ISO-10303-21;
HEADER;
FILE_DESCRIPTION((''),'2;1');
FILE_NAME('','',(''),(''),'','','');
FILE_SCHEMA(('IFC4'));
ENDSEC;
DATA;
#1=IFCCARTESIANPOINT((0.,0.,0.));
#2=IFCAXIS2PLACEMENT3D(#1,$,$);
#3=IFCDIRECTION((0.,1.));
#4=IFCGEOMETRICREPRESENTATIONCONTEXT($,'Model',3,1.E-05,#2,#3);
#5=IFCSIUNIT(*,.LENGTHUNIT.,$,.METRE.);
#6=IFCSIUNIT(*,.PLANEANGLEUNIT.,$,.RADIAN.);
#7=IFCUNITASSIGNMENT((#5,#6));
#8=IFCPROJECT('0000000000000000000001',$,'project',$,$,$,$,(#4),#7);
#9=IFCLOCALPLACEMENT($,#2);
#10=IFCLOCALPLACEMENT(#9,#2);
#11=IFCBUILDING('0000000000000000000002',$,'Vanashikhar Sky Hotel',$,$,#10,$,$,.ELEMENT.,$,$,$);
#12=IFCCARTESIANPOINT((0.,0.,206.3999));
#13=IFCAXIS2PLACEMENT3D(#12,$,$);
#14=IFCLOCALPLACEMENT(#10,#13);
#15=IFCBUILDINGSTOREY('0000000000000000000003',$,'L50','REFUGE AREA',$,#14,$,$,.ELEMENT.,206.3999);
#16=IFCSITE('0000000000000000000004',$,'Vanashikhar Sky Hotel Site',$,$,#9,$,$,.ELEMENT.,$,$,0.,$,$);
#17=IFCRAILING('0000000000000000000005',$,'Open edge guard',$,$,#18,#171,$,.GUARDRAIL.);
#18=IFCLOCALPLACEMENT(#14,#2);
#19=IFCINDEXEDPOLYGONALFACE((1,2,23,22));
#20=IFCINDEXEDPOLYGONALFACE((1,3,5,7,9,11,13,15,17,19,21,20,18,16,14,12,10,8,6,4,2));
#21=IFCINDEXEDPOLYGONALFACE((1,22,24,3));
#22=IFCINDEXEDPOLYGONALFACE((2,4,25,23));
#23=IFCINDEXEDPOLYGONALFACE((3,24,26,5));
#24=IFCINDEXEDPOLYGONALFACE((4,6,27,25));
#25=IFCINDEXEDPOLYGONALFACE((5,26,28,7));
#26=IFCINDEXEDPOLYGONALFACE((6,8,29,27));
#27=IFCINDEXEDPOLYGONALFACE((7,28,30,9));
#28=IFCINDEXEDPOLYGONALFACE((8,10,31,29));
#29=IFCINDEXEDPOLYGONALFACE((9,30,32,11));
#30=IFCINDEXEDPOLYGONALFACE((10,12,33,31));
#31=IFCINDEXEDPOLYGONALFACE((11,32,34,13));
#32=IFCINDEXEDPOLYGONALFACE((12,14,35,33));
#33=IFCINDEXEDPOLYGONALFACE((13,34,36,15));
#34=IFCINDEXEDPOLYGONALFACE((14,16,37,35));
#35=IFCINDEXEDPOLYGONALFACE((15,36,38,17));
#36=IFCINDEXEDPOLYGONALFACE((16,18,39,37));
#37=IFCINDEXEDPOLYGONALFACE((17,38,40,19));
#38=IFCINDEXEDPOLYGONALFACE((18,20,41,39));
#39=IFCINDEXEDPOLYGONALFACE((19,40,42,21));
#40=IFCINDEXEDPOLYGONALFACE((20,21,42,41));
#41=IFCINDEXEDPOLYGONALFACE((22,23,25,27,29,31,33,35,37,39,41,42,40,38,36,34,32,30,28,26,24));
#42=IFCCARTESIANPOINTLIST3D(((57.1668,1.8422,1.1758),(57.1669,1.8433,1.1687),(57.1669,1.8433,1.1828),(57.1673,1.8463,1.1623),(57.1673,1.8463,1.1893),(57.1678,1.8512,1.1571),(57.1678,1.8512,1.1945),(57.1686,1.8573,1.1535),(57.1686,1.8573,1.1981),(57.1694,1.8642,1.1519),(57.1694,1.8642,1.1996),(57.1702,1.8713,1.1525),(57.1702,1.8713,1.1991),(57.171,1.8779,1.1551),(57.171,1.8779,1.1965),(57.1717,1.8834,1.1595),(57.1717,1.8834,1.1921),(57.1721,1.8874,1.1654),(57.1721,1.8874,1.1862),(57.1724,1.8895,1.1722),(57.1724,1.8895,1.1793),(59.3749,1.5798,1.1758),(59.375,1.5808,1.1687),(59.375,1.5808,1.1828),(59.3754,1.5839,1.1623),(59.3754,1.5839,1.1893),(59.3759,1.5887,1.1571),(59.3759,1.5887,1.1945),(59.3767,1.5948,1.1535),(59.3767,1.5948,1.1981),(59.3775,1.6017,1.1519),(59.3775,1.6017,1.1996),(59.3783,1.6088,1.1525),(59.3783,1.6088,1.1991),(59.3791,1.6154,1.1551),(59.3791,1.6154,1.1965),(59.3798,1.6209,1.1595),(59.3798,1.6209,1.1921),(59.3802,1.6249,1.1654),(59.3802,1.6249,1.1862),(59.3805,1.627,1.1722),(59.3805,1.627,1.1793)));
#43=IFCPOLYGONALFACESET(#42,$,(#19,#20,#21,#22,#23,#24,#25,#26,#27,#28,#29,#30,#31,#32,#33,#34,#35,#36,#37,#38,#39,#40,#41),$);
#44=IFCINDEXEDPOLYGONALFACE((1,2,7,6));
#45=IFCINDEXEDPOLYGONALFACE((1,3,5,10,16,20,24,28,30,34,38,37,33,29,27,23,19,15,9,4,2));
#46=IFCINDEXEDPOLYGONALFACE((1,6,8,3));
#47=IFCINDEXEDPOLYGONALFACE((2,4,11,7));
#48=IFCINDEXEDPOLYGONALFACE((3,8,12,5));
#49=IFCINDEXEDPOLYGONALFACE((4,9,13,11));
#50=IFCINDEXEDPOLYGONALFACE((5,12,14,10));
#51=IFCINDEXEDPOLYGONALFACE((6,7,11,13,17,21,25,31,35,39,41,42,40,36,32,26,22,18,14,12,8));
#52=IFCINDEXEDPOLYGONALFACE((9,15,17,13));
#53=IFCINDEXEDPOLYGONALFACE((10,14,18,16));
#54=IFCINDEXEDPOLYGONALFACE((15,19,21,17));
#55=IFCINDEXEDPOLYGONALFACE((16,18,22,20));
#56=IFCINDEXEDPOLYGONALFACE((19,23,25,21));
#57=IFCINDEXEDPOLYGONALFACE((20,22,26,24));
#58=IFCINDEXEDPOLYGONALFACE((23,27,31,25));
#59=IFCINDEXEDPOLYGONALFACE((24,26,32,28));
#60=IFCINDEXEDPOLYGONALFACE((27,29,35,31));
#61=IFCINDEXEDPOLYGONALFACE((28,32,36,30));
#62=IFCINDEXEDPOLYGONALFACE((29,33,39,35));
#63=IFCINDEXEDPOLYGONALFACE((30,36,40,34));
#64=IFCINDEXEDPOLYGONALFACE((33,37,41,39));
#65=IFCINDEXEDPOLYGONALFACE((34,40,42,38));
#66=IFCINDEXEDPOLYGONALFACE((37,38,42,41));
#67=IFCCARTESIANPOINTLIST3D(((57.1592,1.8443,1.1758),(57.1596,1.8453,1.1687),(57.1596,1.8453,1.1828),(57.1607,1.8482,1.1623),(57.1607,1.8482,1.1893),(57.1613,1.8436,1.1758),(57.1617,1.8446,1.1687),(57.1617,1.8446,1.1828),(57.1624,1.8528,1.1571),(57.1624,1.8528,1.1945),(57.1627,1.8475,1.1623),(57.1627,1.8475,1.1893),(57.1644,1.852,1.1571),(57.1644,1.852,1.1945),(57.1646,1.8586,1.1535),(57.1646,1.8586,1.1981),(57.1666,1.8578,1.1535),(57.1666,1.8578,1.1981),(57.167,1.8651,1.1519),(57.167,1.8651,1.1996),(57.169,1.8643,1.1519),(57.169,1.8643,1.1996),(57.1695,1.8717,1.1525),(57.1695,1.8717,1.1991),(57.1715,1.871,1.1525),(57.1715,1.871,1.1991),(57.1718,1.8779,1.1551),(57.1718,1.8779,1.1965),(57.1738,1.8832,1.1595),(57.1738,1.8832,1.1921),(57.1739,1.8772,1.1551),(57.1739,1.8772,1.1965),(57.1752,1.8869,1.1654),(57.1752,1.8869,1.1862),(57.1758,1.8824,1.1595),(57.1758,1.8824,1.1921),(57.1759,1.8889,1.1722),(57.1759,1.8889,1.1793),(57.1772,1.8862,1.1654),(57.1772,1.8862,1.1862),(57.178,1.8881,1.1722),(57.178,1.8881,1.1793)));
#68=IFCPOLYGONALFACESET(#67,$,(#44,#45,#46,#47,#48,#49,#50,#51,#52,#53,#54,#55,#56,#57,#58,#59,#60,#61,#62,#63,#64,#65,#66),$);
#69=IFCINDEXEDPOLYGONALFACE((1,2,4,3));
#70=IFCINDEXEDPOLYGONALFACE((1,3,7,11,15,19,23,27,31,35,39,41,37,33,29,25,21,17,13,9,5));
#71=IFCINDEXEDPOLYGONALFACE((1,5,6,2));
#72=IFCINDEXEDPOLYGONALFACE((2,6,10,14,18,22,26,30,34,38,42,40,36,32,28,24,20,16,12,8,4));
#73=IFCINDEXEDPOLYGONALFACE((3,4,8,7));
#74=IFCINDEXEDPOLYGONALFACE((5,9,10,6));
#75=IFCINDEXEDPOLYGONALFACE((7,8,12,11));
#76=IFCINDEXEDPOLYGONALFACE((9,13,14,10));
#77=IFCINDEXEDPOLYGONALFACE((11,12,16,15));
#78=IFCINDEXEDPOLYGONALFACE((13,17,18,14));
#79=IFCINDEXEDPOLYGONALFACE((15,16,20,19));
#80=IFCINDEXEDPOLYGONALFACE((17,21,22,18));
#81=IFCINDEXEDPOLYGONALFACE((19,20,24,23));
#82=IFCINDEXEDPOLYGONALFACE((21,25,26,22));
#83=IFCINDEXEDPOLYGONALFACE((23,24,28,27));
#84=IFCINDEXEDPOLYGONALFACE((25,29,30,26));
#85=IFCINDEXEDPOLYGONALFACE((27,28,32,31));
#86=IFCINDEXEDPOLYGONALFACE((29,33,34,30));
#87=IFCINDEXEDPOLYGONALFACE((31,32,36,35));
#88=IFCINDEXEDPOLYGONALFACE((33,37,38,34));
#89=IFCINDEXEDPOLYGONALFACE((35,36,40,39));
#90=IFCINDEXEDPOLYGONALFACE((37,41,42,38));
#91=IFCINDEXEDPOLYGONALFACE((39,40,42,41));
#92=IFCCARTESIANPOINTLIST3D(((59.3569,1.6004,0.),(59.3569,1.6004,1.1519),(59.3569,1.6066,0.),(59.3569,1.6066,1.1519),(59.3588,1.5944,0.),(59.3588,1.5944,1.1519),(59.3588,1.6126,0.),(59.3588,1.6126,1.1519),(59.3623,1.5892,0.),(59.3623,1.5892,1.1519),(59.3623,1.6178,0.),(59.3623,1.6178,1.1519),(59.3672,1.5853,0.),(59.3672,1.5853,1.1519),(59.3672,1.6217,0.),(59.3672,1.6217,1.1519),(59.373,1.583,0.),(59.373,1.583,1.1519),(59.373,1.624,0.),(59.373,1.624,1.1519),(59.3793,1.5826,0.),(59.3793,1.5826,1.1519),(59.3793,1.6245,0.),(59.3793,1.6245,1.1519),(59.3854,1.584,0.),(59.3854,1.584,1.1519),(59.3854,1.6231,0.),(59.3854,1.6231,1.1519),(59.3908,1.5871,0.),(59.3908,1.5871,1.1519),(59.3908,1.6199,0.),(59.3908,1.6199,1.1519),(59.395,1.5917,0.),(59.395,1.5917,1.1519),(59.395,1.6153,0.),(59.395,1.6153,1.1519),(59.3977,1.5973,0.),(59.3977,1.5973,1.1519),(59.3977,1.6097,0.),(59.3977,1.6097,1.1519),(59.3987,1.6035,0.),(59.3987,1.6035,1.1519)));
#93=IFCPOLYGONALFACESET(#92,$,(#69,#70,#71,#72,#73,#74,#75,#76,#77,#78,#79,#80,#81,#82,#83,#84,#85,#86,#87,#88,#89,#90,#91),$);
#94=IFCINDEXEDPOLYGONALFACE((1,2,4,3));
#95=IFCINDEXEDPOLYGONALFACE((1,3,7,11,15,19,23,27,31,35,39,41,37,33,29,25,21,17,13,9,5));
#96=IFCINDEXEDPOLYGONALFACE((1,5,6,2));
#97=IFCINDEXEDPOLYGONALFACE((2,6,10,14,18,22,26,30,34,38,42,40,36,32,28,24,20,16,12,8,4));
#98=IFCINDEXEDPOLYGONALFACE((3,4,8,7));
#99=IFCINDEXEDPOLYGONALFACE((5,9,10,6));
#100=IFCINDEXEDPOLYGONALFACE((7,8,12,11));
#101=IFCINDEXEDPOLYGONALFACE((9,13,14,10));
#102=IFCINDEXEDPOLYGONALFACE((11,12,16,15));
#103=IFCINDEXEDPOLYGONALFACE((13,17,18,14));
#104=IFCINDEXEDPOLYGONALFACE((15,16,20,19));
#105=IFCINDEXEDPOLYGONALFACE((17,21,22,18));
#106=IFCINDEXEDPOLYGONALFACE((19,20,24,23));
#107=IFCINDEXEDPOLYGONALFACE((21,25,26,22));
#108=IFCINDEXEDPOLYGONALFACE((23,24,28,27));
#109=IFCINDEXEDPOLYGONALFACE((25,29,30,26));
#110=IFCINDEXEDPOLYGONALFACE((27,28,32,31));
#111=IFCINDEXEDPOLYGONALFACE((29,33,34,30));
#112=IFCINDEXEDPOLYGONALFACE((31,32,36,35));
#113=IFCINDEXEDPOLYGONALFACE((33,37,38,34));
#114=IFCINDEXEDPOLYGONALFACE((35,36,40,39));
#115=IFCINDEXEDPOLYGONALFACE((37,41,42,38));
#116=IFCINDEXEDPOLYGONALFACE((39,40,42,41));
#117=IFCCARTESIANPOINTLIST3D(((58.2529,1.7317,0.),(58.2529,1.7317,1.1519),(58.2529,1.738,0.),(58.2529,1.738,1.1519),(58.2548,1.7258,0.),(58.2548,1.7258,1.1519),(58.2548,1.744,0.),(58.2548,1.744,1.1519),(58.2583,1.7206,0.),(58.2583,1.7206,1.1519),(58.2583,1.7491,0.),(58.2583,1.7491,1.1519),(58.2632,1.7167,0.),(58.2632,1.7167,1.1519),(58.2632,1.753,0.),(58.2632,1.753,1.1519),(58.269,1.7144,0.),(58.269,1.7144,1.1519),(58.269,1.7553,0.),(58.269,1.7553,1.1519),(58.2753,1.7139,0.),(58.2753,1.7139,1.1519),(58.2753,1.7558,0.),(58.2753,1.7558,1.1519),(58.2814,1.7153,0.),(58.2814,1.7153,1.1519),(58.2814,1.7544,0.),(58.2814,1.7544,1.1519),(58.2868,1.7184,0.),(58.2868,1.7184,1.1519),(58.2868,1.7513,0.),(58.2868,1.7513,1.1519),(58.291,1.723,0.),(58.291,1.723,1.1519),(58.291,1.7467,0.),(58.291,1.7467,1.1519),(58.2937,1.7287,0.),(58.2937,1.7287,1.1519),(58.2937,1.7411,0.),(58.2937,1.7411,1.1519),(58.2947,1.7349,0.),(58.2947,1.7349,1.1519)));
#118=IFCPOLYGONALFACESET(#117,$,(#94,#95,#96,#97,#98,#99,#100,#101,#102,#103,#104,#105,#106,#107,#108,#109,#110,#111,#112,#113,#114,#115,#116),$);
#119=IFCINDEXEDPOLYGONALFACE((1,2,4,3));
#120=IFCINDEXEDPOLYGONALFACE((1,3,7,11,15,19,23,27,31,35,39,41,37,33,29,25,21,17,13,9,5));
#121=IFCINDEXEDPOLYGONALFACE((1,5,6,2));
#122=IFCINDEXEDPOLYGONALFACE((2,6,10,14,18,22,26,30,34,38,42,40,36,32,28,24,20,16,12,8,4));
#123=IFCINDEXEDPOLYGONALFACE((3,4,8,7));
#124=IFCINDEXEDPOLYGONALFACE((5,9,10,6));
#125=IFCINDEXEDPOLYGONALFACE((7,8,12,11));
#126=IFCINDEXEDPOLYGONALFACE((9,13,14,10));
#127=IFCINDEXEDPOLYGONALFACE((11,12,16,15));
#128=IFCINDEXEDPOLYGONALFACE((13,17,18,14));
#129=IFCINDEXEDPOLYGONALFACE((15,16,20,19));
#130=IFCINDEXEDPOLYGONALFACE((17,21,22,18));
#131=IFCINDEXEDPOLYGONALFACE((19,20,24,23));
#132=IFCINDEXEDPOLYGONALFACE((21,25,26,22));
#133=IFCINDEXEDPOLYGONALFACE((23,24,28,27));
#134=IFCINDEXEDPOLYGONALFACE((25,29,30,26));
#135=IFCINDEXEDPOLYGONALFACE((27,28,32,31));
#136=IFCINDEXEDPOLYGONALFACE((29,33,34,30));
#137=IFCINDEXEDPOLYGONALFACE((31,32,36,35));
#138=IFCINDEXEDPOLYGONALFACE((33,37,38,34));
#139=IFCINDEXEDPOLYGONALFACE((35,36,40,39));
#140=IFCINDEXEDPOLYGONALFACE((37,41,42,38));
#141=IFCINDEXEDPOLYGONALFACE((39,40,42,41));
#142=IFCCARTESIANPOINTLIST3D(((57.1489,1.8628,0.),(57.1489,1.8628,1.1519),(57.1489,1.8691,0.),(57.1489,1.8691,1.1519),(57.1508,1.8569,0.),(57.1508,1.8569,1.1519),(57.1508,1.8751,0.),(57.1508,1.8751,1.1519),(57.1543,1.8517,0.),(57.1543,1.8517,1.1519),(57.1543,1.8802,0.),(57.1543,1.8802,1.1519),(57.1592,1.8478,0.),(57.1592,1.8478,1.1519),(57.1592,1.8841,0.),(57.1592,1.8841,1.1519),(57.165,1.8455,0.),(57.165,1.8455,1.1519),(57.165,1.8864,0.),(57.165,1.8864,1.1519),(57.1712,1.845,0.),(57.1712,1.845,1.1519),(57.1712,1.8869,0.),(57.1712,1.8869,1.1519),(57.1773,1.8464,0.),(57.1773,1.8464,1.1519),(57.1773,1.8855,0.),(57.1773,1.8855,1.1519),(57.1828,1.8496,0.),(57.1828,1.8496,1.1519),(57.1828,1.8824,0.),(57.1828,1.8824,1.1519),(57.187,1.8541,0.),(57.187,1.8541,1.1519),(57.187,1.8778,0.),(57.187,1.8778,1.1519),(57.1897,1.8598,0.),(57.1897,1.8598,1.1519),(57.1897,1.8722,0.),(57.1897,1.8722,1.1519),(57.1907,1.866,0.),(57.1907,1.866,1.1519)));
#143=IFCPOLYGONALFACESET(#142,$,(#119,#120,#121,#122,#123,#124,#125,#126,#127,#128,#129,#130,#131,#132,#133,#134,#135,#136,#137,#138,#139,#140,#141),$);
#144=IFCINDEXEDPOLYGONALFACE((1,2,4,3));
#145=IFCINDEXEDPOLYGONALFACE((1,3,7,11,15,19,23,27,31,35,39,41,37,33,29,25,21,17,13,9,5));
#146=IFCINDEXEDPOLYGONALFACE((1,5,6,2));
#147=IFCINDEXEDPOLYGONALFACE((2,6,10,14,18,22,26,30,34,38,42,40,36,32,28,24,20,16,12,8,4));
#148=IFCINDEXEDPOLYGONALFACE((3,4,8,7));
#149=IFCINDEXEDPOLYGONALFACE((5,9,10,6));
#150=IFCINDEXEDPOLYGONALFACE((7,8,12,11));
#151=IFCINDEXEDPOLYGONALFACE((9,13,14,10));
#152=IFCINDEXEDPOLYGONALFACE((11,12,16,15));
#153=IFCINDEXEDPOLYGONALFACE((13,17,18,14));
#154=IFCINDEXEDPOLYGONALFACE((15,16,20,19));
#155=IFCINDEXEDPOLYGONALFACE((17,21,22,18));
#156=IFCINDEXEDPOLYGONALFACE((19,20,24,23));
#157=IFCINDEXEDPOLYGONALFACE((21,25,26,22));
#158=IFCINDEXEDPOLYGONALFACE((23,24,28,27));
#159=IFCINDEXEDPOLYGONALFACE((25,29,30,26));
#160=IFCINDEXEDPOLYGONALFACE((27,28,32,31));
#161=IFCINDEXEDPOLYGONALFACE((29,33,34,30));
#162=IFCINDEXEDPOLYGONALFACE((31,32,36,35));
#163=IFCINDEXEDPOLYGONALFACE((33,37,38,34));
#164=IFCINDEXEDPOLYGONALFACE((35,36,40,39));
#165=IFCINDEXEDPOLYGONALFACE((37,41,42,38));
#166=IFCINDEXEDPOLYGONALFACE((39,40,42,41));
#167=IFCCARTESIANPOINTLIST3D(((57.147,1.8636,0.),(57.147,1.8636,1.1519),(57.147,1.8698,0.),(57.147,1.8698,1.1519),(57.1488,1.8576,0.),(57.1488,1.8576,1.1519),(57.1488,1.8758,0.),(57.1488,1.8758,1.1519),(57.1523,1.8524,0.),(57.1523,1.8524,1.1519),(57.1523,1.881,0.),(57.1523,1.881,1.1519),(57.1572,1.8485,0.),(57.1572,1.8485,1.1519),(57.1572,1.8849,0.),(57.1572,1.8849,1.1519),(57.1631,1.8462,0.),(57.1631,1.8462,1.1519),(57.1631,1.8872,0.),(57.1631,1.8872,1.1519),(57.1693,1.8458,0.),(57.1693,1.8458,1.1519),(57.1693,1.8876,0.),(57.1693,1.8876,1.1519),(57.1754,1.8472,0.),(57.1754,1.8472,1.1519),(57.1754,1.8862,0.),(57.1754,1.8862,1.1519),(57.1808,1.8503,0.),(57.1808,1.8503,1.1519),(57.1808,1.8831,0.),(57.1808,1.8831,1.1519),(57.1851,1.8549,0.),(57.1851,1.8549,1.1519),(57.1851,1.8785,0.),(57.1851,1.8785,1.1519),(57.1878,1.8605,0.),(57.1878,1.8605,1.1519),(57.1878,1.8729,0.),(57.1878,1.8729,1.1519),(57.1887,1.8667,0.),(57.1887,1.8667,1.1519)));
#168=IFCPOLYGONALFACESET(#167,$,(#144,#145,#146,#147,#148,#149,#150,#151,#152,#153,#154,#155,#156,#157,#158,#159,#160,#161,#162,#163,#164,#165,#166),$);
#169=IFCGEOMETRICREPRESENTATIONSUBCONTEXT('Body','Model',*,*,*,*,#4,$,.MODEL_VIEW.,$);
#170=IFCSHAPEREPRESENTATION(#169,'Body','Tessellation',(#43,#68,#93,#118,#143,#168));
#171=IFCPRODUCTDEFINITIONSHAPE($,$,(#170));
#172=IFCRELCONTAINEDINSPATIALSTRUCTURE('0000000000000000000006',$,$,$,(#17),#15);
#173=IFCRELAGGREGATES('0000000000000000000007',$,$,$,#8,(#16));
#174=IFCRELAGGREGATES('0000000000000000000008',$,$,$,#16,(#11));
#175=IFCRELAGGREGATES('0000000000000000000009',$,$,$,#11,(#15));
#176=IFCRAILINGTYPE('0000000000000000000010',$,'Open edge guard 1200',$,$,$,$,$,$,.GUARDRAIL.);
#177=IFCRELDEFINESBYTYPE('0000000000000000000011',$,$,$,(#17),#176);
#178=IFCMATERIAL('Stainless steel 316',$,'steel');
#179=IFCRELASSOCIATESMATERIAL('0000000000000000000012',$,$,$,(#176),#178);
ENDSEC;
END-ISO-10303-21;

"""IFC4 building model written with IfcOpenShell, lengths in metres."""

from ifc_helpers import new_model, si_unit, direction, frame, origin, origin_2d, place, context, subcontext, project, spatial, circle, extrude, source, transform, mapped, material, type_object, element, save


model = new_model("IFC4")

# Units and contexts
model_context = context("Model", 3, precision=1e-05, world=origin(), true_north=direction((0.0, 1.0)))
body_context = subcontext(model_context, "Body", "Model", "MODEL_VIEW")
ifc_project = project(units=[si_unit("LENGTHUNIT", "METRE"), si_unit("PLANEANGLEUNIT", "RADIAN")], contexts=[model_context])

# Site, building, storey
site_placement = place(None, origin())
site = spatial("IfcSite", under=ifc_project, at=site_placement, Name="Vanashikhar Sky Hotel Site", CompositionType="ELEMENT", RefElevation=0.0)
building_placement = place(site_placement, origin())
building = spatial("IfcBuilding", under=site, at=building_placement, Name="Vanashikhar Sky Hotel", CompositionType="ELEMENT")
storey_placement = place(building_placement, frame((0.0, 0.0, 206.3999)))
storey = spatial("IfcBuildingStorey", under=building, at=storey_placement, Name="L50", Description="REFUGE AREA", CompositionType="ELEMENT", Elevation=206.3999)

# Railing
ifc_material_1 = material(Name="Stainless steel 316", Category="steel")
railing_type = type_object("IfcRailingType", Name="Open edge guard 1200", PredefinedType="GUARDRAIL", material=ifc_material_1)
shared_shape_1 = source(origin(), body_context, "Body", "SweptSolid", [
    extrude(circle(Radius=0.0239, at=origin_2d()), frame((0.0, 0.0, 1.1758), z_axis=(-0.99301, 0.118032, 0.0), x_axis=(-0.118032, -0.99301, 0.0)), (0.0, 0.0, 1.0), 2.2236),
    extrude(circle(Radius=0.0239, at=origin_2d()), frame((-2.208, 0.2625, 1.1758), z_axis=(-0.936329, 0.351123, 0.0), x_axis=(-0.351123, -0.936329, 0.0)), (0.0, 0.0, 1.0), 0.0022),
    extrude(circle(Radius=0.021, at=origin_2d()), origin(), (0.0, 0.0, 1.0), 1.1519),
    extrude(circle(Radius=0.021, at=origin_2d()), frame((-1.104, 0.1313, 0.0)), (0.0, 0.0, 1.0), 1.1519),
    extrude(circle(Radius=0.021, at=origin_2d()), frame((-2.208, 0.2625, 0.0)), (0.0, 0.0, 1.0), 1.1519),
    extrude(circle(Radius=0.021, at=origin_2d()), frame((-2.21, 0.2632, 0.0)), (0.0, 0.0, 1.0), 1.1519),
])
railing_1_placement = place(storey_placement, frame((59.3777, 1.6035, 0.0)))
element("IfcRailing", 1, at=railing_1_placement, inside=storey, type_object=railing_type, Name="Open edge guard", PredefinedType="GUARDRAIL", context=body_context, shape_type="MappedRepresentation", body=[
    mapped(shared_shape_1, transform((0.0, 0.0, 0.0), scale=1.0)),
])

save(model, "model.ifc")
